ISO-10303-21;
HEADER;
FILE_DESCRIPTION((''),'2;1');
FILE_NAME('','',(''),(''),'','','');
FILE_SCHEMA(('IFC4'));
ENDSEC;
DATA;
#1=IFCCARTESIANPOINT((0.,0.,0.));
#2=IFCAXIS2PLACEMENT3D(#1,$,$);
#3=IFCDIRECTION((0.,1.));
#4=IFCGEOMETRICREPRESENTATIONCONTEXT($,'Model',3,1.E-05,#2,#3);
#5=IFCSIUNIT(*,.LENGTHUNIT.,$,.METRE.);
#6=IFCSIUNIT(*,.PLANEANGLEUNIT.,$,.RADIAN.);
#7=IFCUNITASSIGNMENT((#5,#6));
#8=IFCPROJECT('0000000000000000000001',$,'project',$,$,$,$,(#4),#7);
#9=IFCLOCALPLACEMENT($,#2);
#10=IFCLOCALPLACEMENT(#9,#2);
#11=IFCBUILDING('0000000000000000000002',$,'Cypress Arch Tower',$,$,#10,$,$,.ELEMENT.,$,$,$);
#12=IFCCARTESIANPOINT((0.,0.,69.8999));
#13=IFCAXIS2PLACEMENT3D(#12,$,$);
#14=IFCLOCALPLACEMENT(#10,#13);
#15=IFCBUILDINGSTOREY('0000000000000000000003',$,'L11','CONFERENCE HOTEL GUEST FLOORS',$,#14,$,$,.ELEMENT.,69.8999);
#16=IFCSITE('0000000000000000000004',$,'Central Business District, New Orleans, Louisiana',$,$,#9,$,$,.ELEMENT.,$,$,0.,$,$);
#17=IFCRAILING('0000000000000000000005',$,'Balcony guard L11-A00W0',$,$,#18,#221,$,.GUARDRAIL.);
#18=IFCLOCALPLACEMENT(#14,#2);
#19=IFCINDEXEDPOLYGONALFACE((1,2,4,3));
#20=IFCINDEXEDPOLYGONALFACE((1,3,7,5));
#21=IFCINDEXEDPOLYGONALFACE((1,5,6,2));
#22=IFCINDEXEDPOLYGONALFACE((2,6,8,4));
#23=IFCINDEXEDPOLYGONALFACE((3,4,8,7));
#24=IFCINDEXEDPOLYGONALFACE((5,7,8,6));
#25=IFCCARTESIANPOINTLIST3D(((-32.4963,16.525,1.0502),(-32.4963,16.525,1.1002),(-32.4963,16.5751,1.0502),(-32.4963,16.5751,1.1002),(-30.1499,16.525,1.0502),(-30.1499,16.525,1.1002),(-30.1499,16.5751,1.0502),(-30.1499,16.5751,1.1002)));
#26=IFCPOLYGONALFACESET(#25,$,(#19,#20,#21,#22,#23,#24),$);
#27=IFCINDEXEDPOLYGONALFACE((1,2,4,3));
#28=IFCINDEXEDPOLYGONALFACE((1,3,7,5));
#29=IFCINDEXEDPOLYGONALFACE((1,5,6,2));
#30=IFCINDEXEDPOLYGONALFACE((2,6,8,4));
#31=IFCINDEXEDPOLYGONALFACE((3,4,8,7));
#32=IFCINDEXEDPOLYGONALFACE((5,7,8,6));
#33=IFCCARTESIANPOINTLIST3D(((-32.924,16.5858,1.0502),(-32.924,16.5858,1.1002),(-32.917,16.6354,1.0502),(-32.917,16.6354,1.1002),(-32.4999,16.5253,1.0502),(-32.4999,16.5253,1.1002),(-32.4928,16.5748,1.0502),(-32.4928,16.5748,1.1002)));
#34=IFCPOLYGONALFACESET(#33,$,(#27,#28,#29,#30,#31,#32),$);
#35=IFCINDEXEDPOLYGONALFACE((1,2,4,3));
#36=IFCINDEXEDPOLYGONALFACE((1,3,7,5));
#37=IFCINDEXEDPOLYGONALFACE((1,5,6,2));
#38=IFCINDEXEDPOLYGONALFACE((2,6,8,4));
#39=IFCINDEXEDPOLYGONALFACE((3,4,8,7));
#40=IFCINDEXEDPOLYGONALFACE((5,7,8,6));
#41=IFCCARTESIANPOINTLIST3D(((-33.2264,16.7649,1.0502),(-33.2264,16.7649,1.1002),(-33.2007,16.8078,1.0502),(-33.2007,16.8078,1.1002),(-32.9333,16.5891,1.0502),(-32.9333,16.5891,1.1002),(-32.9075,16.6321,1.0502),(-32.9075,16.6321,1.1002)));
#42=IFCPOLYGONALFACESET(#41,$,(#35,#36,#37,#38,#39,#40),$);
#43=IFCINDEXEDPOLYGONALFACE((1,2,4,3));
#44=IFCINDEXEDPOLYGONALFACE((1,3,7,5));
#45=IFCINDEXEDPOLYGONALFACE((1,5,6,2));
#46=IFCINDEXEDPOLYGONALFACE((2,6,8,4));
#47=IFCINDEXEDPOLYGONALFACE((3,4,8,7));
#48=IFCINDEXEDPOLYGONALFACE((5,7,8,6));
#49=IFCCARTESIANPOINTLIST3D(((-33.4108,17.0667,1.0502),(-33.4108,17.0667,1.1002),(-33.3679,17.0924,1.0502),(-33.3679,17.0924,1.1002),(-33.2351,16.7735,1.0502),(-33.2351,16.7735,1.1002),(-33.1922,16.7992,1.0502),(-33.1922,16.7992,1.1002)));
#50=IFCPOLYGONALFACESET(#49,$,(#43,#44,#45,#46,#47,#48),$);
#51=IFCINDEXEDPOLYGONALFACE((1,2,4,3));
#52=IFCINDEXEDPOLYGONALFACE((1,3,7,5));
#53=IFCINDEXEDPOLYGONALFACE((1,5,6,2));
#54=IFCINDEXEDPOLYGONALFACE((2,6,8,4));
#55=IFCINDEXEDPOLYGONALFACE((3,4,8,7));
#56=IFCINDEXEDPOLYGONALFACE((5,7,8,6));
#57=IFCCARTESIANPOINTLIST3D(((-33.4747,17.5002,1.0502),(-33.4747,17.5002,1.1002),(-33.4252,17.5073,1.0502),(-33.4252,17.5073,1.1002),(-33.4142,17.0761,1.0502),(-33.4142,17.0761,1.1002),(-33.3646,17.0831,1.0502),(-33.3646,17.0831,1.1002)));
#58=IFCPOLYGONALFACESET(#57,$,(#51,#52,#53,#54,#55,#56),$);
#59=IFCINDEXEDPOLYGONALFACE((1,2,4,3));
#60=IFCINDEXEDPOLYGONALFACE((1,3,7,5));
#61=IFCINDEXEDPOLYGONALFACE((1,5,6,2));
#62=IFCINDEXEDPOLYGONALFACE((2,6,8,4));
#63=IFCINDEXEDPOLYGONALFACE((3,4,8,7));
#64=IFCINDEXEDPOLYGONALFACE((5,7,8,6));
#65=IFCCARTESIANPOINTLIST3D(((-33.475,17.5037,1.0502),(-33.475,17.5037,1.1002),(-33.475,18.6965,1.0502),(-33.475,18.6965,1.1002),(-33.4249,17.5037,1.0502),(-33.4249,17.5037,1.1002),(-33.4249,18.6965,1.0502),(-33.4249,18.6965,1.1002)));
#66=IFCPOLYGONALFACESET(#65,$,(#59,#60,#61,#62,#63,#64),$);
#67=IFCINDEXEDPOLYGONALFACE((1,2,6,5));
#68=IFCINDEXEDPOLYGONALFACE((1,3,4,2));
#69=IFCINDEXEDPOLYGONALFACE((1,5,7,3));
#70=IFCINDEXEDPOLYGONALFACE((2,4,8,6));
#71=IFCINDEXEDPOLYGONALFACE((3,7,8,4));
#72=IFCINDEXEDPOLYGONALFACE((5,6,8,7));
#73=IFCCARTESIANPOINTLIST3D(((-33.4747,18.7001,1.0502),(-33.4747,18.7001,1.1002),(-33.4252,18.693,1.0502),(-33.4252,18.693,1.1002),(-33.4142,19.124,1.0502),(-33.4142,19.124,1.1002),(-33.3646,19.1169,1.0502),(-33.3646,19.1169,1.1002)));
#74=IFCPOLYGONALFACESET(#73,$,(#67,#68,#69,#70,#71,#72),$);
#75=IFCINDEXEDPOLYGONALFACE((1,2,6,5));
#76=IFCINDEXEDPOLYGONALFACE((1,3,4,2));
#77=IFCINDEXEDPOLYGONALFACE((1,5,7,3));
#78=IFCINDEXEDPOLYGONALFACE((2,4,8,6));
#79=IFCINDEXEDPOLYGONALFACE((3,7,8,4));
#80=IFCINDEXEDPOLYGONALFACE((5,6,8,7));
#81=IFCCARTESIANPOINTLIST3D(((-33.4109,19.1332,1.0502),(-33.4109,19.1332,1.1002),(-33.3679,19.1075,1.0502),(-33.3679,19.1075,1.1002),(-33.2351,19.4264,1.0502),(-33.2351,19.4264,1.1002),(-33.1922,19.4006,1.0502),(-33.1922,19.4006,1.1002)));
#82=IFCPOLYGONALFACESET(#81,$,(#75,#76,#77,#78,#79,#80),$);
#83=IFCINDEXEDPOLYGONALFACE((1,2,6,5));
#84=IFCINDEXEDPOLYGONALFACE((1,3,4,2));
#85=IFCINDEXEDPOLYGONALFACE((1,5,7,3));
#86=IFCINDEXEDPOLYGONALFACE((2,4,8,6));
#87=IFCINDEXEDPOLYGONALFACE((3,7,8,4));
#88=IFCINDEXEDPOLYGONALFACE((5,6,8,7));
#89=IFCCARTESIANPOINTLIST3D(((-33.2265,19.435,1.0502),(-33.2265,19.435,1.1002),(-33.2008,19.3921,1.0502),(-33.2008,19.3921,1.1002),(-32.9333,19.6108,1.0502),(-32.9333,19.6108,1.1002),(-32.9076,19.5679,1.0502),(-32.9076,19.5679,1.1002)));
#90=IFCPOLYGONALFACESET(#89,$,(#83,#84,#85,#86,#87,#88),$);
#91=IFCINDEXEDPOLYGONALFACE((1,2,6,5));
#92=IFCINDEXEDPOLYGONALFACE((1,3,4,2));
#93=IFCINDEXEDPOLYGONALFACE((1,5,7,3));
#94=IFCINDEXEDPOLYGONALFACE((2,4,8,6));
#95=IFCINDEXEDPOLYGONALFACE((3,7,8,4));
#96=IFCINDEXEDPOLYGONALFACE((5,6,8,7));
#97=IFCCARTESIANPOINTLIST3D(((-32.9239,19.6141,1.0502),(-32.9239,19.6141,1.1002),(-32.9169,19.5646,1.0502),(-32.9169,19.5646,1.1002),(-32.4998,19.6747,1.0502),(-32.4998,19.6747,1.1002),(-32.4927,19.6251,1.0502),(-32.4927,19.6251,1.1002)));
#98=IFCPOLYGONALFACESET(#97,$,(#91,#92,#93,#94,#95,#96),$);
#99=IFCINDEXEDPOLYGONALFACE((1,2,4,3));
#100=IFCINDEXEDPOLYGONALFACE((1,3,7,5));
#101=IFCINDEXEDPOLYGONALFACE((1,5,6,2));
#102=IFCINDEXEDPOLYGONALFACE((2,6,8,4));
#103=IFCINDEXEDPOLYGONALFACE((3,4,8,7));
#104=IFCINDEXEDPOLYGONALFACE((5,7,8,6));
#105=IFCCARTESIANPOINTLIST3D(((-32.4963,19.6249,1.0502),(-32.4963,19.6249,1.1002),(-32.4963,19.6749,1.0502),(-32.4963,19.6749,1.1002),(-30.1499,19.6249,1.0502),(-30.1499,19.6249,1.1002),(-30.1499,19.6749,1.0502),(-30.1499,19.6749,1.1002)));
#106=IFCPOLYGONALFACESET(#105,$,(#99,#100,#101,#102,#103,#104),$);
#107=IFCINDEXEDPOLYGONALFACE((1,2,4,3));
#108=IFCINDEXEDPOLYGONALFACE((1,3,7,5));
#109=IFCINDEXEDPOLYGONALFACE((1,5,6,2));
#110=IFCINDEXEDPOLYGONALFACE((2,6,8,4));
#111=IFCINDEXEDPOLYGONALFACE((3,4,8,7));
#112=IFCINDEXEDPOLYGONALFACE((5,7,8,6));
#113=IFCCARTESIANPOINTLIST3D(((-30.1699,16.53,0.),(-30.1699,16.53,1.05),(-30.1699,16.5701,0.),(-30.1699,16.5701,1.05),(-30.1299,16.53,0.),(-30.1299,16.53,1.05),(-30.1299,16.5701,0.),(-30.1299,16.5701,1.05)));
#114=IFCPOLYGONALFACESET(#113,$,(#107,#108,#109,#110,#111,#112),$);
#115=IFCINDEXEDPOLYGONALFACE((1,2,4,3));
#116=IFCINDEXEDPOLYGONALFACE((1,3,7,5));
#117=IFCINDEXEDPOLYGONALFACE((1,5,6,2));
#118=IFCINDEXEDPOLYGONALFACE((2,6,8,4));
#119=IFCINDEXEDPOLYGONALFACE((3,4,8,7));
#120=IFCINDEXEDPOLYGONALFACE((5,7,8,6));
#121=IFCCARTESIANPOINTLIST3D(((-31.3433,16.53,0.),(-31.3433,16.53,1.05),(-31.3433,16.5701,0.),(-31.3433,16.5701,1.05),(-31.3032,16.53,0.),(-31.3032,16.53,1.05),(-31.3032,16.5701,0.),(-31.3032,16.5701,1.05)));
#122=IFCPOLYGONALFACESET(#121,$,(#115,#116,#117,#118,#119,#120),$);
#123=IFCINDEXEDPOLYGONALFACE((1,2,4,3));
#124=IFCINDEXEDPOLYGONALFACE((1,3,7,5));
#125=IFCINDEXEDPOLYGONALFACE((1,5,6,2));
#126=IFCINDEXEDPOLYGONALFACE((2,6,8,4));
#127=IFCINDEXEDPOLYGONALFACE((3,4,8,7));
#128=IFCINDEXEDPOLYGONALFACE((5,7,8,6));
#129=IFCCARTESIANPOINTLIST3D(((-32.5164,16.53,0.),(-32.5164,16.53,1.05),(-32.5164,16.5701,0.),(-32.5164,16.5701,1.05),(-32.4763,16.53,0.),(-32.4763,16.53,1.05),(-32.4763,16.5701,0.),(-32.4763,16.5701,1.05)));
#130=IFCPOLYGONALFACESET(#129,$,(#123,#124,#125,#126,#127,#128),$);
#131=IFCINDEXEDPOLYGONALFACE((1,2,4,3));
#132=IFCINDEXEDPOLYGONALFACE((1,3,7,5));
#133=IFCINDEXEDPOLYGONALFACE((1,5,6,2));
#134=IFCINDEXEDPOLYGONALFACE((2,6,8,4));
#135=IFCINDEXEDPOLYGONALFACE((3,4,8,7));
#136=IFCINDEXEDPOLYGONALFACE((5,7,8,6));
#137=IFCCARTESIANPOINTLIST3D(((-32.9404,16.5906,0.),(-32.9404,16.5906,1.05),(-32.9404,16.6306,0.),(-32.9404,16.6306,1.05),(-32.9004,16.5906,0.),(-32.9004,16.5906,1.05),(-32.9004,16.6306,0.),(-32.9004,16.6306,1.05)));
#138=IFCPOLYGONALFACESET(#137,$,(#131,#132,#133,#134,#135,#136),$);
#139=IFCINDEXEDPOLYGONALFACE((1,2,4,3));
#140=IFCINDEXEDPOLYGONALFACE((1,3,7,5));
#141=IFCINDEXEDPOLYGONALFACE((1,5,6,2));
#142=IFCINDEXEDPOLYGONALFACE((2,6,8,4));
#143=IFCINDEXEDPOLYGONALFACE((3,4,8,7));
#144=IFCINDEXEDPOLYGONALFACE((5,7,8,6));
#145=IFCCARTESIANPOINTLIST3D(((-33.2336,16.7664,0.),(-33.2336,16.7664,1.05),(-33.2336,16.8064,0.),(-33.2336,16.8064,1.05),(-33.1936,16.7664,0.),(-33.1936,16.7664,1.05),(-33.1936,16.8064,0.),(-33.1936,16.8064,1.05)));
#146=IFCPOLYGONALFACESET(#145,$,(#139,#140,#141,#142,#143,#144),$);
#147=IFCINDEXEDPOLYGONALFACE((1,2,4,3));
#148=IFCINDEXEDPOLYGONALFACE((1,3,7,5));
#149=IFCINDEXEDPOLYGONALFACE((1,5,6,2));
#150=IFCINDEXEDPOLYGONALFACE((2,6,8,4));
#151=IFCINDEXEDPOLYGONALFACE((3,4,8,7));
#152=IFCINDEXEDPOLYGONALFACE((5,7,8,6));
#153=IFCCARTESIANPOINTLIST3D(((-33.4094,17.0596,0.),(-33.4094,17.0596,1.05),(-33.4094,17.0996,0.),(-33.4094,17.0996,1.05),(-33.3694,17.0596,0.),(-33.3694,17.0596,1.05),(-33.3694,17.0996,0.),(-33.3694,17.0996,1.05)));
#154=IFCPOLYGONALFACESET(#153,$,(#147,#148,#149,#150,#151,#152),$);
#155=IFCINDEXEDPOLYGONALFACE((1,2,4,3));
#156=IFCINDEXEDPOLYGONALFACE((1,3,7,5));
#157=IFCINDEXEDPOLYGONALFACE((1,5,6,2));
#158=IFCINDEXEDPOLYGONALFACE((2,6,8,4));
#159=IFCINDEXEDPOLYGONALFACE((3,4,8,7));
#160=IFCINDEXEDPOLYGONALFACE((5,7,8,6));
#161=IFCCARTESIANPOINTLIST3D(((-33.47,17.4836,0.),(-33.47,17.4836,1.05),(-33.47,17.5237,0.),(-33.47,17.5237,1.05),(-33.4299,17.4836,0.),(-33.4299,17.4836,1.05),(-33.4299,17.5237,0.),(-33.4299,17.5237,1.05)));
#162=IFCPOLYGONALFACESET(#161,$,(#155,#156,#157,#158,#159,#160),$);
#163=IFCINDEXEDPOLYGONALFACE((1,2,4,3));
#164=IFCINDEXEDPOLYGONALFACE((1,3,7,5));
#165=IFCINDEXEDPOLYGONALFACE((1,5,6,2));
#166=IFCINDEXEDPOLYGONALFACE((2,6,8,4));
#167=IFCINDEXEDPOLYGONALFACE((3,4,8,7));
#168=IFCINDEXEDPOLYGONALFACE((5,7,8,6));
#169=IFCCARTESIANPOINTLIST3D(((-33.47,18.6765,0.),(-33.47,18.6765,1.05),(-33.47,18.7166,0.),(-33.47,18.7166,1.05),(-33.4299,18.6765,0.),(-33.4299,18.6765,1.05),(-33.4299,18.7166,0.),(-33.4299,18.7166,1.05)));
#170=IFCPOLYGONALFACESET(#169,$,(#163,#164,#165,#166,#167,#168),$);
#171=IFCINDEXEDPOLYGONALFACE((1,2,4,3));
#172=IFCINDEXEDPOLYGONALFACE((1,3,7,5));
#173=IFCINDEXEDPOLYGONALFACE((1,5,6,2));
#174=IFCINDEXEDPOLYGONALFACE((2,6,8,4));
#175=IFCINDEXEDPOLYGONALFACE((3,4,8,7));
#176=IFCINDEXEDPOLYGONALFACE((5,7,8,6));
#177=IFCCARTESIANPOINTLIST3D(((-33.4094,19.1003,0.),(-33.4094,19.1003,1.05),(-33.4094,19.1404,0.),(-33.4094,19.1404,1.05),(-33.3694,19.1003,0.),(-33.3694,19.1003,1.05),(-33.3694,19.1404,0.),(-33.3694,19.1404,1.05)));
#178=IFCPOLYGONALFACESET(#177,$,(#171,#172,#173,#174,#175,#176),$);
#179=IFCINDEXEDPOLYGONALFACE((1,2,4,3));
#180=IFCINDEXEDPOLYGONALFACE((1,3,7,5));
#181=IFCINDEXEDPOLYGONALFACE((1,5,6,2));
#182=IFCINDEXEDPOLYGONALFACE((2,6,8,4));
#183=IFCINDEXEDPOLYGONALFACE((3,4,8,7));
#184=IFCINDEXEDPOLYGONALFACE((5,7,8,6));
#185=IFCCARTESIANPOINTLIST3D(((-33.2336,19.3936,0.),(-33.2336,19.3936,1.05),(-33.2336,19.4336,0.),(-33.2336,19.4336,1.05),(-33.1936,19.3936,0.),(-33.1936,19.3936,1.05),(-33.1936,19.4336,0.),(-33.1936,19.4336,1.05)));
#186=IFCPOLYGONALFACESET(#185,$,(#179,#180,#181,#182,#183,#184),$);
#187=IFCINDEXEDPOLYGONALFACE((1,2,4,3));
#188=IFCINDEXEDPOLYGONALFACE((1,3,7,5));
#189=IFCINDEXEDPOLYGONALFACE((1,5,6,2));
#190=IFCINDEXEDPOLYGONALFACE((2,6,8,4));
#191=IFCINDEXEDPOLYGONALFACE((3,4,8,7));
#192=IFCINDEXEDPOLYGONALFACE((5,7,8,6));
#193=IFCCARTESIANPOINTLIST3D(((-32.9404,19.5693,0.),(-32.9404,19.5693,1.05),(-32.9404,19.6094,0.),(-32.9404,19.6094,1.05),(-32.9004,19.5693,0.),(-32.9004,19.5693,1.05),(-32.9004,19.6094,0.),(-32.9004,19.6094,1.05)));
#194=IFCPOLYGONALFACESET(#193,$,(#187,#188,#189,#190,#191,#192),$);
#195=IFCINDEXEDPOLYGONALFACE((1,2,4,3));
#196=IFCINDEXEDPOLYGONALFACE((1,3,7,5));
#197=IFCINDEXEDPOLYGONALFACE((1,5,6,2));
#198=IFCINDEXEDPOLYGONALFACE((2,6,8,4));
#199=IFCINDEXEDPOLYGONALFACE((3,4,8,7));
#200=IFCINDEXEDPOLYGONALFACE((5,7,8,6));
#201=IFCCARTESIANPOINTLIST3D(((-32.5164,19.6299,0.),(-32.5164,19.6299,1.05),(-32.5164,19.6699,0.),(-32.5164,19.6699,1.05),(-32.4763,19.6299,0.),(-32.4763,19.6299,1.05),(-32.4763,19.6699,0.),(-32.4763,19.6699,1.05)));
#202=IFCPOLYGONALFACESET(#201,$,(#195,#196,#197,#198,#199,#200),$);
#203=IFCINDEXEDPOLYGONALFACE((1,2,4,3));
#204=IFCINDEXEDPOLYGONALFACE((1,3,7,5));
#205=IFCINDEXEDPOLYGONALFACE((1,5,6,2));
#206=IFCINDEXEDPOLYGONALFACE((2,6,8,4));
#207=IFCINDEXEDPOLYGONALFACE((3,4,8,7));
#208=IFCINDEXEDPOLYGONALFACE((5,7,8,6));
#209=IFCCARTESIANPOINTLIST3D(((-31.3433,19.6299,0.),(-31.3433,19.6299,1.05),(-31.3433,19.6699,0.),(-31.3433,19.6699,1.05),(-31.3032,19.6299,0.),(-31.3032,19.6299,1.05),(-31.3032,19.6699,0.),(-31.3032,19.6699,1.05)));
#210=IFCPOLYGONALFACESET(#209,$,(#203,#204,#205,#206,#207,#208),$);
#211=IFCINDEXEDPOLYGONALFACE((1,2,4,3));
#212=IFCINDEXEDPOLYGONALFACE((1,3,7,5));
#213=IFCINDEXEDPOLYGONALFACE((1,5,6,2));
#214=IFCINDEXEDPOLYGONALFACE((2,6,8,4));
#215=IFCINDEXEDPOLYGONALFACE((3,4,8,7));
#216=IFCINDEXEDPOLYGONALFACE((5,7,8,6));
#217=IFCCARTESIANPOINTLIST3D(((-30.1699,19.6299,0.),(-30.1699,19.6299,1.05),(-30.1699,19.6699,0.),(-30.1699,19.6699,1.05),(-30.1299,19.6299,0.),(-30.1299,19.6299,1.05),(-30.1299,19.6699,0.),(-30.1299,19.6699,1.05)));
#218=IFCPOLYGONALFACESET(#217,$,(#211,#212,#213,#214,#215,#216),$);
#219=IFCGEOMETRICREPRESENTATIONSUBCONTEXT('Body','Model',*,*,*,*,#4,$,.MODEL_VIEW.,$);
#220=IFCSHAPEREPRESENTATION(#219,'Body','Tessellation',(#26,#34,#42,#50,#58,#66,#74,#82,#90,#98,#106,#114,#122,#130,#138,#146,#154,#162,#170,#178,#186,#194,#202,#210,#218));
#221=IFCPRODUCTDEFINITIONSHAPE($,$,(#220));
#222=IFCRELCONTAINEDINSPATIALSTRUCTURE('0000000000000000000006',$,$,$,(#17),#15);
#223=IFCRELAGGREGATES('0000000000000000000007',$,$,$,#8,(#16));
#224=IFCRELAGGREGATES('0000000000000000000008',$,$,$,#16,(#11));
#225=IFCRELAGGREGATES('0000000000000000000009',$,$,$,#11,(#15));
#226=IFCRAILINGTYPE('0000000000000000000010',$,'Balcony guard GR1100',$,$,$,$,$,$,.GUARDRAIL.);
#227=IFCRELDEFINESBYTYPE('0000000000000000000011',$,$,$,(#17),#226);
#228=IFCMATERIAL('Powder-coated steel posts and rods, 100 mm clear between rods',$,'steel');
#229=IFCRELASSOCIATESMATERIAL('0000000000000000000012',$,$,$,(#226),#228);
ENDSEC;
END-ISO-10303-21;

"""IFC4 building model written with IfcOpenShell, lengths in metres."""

from ifc_helpers import new_model, si_unit, direction, frame, origin, origin_2d, place, context, subcontext, project, spatial, rectangle, extrude, material, type_object, element, save


model = new_model("IFC4")

# Units and contexts
model_context = context("Model", 3, precision=1e-05, world=origin(), true_north=direction((0.0, 1.0)))
body_context = subcontext(model_context, "Body", "Model", "MODEL_VIEW")
ifc_project = project(units=[si_unit("LENGTHUNIT", "METRE"), si_unit("PLANEANGLEUNIT", "RADIAN")], contexts=[model_context])

# Site, building, storey
site_placement = place(None, origin())
site = spatial("IfcSite", under=ifc_project, at=site_placement, Name="Central Business District, New Orleans, Louisiana", CompositionType="ELEMENT", RefElevation=0.0)
building_placement = place(site_placement, origin())
building = spatial("IfcBuilding", under=site, at=building_placement, Name="Cypress Arch Tower", CompositionType="ELEMENT")
storey_placement = place(building_placement, frame((0.0, 0.0, 69.8999)))
storey = spatial("IfcBuildingStorey", under=building, at=storey_placement, Name="L11", Description="CONFERENCE HOTEL GUEST FLOORS", CompositionType="ELEMENT", Elevation=69.8999)

# Railing
ifc_material_1 = material(Name="Powder-coated steel posts and rods, 100 mm clear between rods", Category="steel")
railing_type_1 = type_object("IfcRailingType", Name="Balcony guard GR1100", PredefinedType="GUARDRAIL", material=ifc_material_1)
railing_1_placement = place(storey_placement, frame((-30.1499, 16.55, 0.0)))
element("IfcRailing", 1, at=railing_1_placement, inside=storey, type_object=railing_type_1, Name="Balcony guard L11-A00W0", PredefinedType="GUARDRAIL", context=body_context, shape_type="SweptSolid", body=[
    extrude(rectangle(XDim=0.05, YDim=0.05, at=origin_2d()), frame((0.0, 0.0, 1.0752), z_axis=(-1.0, 0.0, 0.0), x_axis=(0.0, -1.0, 0.0)), (0.0, 0.0, 1.0), 2.3464),
    extrude(rectangle(XDim=0.05, YDim=0.05, at=origin_2d()), frame((-2.3464, 0.0, 1.0752), z_axis=(-0.989961, 0.141342, 0.0), x_axis=(-0.141342, -0.989961, 0.0)), (0.0, 0.0, 1.0), 0.4285),
    extrude(rectangle(XDim=0.05, YDim=0.05, at=origin_2d()), frame((-2.7705, 0.0605, 1.0752), z_axis=(-0.857682, 0.514181, 0.0), x_axis=(-0.514181, -0.857682, 0.0)), (0.0, 0.0, 1.0), 0.3418),
    extrude(rectangle(XDim=0.05, YDim=0.05, at=origin_2d()), frame((-3.0637, 0.2363, 1.0752), z_axis=(-0.514181, 0.857682, 0.0), x_axis=(-0.857682, -0.514181, 0.0)), (0.0, 0.0, 1.0), 0.3418),
    extrude(rectangle(XDim=0.05, YDim=0.05, at=origin_2d()), frame((-3.2395, 0.5295, 1.0752), z_axis=(-0.141342, 0.989961, 0.0), x_axis=(-0.989961, -0.141342, 0.0)), (0.0, 0.0, 1.0), 0.4285),
    extrude(rectangle(XDim=0.05, YDim=0.05, at=origin_2d()), frame((-3.3, 0.9536, 1.0752), z_axis=(0.0, 1.0, 0.0), x_axis=(-1.0, 0.0, 0.0)), (0.0, 0.0, 1.0), 1.1929),
    extrude(rectangle(XDim=0.05, YDim=0.05, at=origin_2d()), frame((-3.3, 2.1465, 1.0752), z_axis=(0.141421, 0.989949, 0.0), x_axis=(-0.989949, 0.141421, 0.0)), (0.0, 0.0, 1.0), 0.4282),
    extrude(rectangle(XDim=0.05, YDim=0.05, at=origin_2d()), frame((-3.2395, 2.5703, 1.0752), z_axis=(0.514181, 0.857682, 0.0), x_axis=(-0.857682, 0.514181, 0.0)), (0.0, 0.0, 1.0), 0.3418),
    extrude(rectangle(XDim=0.05, YDim=0.05, at=origin_2d()), frame((-3.0637, 2.8635, 1.0752), z_axis=(0.857682, 0.514181, 0.0), x_axis=(-0.514181, 0.857682, 0.0)), (0.0, 0.0, 1.0), 0.3418),
    extrude(rectangle(XDim=0.05, YDim=0.05, at=origin_2d()), frame((-2.7705, 3.0393, 1.0752), z_axis=(0.989961, 0.141342, 0.0), x_axis=(-0.141342, 0.989961, 0.0)), (0.0, 0.0, 1.0), 0.4285),
    extrude(rectangle(XDim=0.05, YDim=0.05, at=origin_2d()), frame((-2.3464, 3.0999, 1.0752), z_axis=(1.0, 0.0, 0.0), x_axis=(0.0, 1.0, 0.0)), (0.0, 0.0, 1.0), 2.3464),
    extrude(rectangle(XDim=0.04, YDim=0.04, at=origin_2d()), origin(), (0.0, 0.0, 1.0), 1.05),
    extrude(rectangle(XDim=0.04, YDim=0.04, at=origin_2d()), frame((-1.1733, 0.0, 0.0)), (0.0, 0.0, 1.0), 1.05),
    extrude(rectangle(XDim=0.04, YDim=0.04, at=origin_2d()), frame((-2.3464, 0.0, 0.0)), (0.0, 0.0, 1.0), 1.05),
    extrude(rectangle(XDim=0.04, YDim=0.04, at=origin_2d()), frame((-2.7705, 0.0605, 0.0)), (0.0, 0.0, 1.0), 1.05),
    extrude(rectangle(XDim=0.04, YDim=0.04, at=origin_2d()), frame((-3.0637, 0.2363, 0.0)), (0.0, 0.0, 1.0), 1.05),
    extrude(rectangle(XDim=0.04, YDim=0.04, at=origin_2d()), frame((-3.2395, 0.5295, 0.0)), (0.0, 0.0, 1.0), 1.05),
    extrude(rectangle(XDim=0.04, YDim=0.04, at=origin_2d()), frame((-3.3, 0.9536, 0.0)), (0.0, 0.0, 1.0), 1.05),
    extrude(rectangle(XDim=0.04, YDim=0.04, at=origin_2d()), frame((-3.3, 2.1465, 0.0)), (0.0, 0.0, 1.0), 1.05),
    extrude(rectangle(XDim=0.04, YDim=0.04, at=origin_2d()), frame((-3.2395, 2.5703, 0.0)), (0.0, 0.0, 1.0), 1.05),
    extrude(rectangle(XDim=0.04, YDim=0.04, at=origin_2d()), frame((-3.0637, 2.8635, 0.0)), (0.0, 0.0, 1.0), 1.05),
    extrude(rectangle(XDim=0.04, YDim=0.04, at=origin_2d()), frame((-2.7705, 3.0393, 0.0)), (0.0, 0.0, 1.0), 1.05),
    extrude(rectangle(XDim=0.04, YDim=0.04, at=origin_2d()), frame((-2.3464, 3.0999, 0.0)), (0.0, 0.0, 1.0), 1.05),
    extrude(rectangle(XDim=0.04, YDim=0.04, at=origin_2d()), frame((-1.1733, 3.0999, 0.0)), (0.0, 0.0, 1.0), 1.05),
    extrude(rectangle(XDim=0.04, YDim=0.04, at=origin_2d()), frame((0.0, 3.0999, 0.0)), (0.0, 0.0, 1.0), 1.05),
])

save(model, "model.ifc")
